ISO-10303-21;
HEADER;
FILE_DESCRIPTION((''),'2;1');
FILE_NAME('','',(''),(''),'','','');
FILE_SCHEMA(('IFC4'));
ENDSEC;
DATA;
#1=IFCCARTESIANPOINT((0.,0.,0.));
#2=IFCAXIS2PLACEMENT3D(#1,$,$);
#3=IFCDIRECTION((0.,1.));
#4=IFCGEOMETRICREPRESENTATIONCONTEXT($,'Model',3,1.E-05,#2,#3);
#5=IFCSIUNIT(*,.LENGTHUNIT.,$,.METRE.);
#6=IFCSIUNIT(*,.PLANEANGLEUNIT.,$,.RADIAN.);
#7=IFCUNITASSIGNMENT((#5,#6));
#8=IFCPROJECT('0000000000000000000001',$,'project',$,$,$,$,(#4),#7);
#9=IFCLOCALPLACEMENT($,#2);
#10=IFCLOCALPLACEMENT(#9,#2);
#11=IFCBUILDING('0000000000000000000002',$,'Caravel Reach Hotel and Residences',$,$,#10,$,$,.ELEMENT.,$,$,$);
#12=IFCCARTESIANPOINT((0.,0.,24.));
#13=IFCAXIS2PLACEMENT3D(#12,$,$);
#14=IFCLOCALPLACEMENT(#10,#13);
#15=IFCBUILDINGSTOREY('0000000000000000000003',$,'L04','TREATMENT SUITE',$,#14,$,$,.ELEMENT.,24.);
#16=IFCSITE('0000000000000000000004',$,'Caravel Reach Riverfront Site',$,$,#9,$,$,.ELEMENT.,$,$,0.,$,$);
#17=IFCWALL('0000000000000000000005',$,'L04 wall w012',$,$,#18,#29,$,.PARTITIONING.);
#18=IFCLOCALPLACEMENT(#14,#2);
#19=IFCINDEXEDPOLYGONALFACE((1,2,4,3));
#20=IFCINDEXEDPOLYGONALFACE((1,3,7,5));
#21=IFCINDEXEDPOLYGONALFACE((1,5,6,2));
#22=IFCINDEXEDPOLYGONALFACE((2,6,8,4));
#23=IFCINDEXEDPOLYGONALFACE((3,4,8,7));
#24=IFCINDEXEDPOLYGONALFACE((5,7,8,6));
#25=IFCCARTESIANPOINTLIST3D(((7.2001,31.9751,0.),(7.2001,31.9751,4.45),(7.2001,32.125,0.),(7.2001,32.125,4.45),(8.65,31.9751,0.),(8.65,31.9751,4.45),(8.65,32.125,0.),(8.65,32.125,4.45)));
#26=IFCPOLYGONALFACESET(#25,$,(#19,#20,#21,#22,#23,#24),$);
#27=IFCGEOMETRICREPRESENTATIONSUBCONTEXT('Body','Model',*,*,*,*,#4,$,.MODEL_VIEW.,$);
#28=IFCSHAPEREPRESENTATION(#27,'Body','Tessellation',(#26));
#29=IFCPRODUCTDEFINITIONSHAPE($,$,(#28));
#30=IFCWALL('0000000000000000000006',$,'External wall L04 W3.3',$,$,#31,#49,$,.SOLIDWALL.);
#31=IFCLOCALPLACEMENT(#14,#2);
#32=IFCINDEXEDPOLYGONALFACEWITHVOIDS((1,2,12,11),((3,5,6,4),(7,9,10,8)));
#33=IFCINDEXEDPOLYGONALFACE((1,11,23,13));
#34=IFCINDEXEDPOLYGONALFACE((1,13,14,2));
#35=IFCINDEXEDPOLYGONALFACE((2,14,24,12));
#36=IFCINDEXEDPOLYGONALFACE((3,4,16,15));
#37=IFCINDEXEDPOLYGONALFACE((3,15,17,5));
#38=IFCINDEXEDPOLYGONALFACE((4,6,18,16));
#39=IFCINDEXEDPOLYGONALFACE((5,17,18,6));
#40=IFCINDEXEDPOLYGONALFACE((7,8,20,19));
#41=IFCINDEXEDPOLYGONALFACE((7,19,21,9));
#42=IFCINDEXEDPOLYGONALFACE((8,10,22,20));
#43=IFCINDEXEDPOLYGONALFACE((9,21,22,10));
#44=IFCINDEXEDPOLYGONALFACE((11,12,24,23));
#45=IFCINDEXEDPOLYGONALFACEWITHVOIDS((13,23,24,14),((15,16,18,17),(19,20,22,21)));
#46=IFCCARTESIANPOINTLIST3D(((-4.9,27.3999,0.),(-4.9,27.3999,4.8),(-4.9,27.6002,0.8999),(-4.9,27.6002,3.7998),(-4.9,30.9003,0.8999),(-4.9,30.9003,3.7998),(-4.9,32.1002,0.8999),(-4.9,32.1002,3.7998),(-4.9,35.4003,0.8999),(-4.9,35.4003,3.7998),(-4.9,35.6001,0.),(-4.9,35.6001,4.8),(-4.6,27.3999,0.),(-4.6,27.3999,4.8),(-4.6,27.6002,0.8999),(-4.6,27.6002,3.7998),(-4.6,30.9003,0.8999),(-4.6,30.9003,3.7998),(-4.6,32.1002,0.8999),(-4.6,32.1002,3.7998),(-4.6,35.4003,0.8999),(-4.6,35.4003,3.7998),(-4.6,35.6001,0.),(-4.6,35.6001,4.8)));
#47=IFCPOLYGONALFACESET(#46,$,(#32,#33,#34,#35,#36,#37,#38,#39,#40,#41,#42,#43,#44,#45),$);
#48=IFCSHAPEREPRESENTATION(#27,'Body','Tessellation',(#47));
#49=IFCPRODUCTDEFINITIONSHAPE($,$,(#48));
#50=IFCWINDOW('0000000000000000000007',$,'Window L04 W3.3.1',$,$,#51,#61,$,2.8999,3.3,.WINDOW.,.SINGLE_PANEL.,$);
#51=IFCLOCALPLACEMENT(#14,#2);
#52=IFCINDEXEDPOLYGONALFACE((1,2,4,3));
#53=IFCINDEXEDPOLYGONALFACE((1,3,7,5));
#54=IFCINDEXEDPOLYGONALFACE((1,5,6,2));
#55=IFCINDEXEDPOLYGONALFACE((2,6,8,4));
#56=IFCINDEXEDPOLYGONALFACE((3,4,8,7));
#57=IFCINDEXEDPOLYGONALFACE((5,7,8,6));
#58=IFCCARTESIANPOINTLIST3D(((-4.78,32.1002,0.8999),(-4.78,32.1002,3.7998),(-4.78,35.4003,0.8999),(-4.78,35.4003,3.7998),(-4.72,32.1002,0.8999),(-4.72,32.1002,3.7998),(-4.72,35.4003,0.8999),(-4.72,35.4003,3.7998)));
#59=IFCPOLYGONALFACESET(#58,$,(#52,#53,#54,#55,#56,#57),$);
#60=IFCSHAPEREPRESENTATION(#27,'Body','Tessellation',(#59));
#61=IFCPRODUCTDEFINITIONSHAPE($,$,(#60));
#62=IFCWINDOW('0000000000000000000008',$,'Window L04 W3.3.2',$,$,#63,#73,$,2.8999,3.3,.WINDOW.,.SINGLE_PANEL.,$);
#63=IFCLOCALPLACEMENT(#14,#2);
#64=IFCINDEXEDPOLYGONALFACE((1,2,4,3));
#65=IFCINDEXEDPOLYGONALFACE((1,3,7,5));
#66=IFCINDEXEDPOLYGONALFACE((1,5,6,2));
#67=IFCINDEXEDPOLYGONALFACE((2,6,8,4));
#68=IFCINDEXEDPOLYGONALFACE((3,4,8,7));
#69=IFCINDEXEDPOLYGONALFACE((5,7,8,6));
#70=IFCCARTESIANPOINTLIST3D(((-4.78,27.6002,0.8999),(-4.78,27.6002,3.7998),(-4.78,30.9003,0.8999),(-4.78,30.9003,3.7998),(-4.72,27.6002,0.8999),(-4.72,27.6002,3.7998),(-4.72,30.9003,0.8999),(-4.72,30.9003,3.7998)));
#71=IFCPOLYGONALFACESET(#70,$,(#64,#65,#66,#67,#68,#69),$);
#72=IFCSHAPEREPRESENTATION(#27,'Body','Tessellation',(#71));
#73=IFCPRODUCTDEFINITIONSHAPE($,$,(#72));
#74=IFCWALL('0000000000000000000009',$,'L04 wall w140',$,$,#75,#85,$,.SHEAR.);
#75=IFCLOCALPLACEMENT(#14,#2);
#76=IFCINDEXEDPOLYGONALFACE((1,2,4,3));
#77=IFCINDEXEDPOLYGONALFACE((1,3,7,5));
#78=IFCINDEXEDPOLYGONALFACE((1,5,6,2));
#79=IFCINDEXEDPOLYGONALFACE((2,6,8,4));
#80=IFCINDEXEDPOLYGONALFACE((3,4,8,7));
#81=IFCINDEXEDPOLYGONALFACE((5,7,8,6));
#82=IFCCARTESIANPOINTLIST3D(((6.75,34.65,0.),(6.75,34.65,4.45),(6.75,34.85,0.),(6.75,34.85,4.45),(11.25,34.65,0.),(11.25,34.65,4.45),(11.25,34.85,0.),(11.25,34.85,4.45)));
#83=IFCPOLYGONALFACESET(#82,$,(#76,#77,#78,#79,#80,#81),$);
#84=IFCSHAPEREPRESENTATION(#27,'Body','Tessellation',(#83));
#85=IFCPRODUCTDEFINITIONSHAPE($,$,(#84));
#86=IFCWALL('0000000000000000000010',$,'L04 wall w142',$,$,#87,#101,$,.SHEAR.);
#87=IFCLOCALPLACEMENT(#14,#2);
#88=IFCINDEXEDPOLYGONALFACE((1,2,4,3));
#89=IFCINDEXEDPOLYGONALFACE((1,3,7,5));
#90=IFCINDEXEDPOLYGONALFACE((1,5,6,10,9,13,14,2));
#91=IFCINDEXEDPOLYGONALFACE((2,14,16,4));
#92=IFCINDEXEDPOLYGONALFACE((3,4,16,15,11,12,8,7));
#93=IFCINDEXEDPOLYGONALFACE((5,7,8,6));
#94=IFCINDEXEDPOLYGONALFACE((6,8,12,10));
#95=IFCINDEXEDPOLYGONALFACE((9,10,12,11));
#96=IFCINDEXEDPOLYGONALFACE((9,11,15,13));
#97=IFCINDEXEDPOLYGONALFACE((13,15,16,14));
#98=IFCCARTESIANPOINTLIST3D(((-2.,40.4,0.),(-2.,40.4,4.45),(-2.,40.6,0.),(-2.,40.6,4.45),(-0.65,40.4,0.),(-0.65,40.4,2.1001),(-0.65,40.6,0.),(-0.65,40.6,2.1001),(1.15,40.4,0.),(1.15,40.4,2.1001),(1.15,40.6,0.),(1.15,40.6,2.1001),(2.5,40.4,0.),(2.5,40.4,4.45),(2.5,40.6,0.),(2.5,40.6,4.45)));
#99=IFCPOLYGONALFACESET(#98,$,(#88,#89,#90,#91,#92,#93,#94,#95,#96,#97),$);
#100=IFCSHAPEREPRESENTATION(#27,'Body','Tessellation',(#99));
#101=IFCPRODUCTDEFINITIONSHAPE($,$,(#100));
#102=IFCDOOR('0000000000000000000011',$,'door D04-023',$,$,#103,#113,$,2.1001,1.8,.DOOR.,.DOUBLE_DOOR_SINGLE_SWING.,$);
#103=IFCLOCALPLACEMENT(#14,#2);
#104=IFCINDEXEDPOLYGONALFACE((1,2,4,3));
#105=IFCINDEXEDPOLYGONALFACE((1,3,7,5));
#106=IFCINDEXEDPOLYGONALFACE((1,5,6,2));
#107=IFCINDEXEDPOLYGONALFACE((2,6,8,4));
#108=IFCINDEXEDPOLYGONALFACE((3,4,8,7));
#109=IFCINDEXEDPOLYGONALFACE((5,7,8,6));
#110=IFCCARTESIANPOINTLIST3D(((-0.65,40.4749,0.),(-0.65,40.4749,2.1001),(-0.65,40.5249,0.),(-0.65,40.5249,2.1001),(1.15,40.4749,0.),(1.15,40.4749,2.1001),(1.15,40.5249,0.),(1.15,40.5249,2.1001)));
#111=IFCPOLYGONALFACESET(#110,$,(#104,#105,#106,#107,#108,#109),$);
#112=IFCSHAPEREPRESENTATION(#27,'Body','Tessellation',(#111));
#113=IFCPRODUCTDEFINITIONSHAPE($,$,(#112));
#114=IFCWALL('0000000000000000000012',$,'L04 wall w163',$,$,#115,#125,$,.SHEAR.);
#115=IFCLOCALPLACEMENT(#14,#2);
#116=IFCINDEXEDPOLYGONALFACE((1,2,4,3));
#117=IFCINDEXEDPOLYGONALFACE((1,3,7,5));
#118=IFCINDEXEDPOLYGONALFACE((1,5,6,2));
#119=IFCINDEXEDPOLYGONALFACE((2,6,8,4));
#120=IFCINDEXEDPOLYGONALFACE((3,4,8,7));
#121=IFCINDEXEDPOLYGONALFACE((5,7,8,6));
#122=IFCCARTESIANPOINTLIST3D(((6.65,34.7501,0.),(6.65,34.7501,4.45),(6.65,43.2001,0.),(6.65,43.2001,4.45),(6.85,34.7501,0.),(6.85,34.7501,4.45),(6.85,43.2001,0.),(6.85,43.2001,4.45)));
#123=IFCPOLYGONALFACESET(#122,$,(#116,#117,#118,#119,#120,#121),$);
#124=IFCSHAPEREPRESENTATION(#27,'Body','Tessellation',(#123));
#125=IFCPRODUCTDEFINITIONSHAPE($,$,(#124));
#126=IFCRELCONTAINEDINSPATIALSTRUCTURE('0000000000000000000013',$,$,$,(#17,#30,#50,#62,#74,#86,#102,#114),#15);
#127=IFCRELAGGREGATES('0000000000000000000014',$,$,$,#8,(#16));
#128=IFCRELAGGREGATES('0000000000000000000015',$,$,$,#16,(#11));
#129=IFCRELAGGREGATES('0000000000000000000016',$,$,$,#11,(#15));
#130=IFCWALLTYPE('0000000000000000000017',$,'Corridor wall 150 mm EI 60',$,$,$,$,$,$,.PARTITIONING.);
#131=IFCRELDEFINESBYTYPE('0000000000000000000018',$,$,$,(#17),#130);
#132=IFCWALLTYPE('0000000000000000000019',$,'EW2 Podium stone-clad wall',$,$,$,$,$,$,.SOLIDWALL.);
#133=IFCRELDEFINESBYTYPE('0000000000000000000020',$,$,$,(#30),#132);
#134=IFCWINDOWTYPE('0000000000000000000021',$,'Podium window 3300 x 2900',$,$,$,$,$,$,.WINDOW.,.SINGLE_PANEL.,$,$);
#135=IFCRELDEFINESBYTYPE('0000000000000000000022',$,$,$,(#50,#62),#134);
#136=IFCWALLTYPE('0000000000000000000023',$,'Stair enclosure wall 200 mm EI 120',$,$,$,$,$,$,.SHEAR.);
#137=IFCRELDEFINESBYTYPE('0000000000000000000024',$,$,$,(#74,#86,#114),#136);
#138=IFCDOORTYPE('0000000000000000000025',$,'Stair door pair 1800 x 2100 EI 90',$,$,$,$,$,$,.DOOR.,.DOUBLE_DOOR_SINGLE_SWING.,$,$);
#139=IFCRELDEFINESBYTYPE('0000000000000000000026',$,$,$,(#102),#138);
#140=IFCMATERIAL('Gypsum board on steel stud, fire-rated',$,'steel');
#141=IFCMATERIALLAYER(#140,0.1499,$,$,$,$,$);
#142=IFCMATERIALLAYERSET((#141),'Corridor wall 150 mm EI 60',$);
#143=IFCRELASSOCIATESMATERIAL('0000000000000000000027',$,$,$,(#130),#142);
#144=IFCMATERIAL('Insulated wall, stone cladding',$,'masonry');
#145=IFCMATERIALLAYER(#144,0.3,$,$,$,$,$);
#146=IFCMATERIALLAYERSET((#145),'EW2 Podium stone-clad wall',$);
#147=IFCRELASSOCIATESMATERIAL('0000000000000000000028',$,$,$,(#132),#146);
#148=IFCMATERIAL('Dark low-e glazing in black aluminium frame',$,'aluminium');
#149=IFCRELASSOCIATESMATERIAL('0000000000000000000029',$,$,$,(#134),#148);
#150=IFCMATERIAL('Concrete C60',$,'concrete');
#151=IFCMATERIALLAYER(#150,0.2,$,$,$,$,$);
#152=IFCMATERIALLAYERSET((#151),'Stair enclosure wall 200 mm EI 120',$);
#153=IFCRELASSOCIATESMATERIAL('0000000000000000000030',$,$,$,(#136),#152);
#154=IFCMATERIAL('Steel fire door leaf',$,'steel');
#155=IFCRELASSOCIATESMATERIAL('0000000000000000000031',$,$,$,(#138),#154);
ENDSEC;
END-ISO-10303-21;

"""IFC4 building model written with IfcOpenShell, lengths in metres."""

from ifc_helpers import new_model, si_unit, direction, frame, frame_2d, origin, place, context, subcontext, project, spatial, rectangle, extrude, material, layer, layer_set, type_object, element, fill, save


model = new_model("IFC4")

# Units and contexts
model_context = context("Model", 3, precision=1e-05, world=origin(), true_north=direction((0.0, 1.0)))
body_context = subcontext(model_context, "Body", "Model", "MODEL_VIEW")
ifc_project = project(units=[si_unit("LENGTHUNIT", "METRE"), si_unit("PLANEANGLEUNIT", "RADIAN")], contexts=[model_context])

# Site, building, storey
site_placement = place(None, origin())
site = spatial("IfcSite", under=ifc_project, at=site_placement, Name="Caravel Reach Riverfront Site", CompositionType="ELEMENT", RefElevation=0.0)
building_placement = place(site_placement, origin())
building = spatial("IfcBuilding", under=site, at=building_placement, Name="Caravel Reach Hotel and Residences", CompositionType="ELEMENT")
storey_placement = place(building_placement, frame((0.0, 0.0, 24.0)))
storey = spatial("IfcBuildingStorey", under=building, at=storey_placement, Name="L04", Description="TREATMENT SUITE", CompositionType="ELEMENT", Elevation=24.0)

# Wall
ifc_material_1 = material(Name="Gypsum board on steel stud, fire-rated", Category="steel")
ifc_layer_1 = layer(ifc_material_1, 0.1499)
ifc_layer_set_1 = layer_set([ifc_layer_1], Name="Corridor wall 150 mm EI 60")
wall_type_1 = type_object("IfcWallType", Name="Corridor wall 150 mm EI 60", PredefinedType="PARTITIONING", material=ifc_layer_set_1)
wall_1_placement = place(storey_placement, frame((7.2, 32.05, 0.0), z_axis=(0.0, 0.0, 1.0), x_axis=(1.0, 0.0, 0.0)))
element("IfcWall", 1, at=wall_1_placement, inside=storey, type_object=wall_type_1, Name="L04 wall w012", PredefinedType="PARTITIONING", context=body_context, shape_type="SweptSolid", body=[
    extrude(rectangle(XDim=1.45, YDim=0.1499, at=frame_2d((0.7251, 0.0))), origin(), (0.0, 0.0, 1.0), 4.45),
])

# Wall, openings, windows
ifc_material_2 = material(Name="Insulated wall, stone cladding", Category="masonry")
ifc_layer_2 = layer(ifc_material_2, 0.3)
ifc_layer_set_2 = layer_set([ifc_layer_2], Name="EW2 Podium stone-clad wall")
wall_type_2 = type_object("IfcWallType", Name="EW2 Podium stone-clad wall", PredefinedType="SOLIDWALL", material=ifc_layer_set_2)
wall_2_placement = place(storey_placement, frame((-4.75, 35.6001, 0.0), z_axis=(0.0, 0.0, 1.0), x_axis=(0.0, -1.0, 0.0)))
wall_2 = element("IfcWall", 2, at=wall_2_placement, inside=storey, type_object=wall_type_2, Name="External wall L04 W3.3", PredefinedType="SOLIDWALL", context=body_context, shape_type="SweptSolid", body=[
    extrude(rectangle(XDim=8.2002, YDim=0.3, at=frame_2d((4.1001, 0.0))), origin(), (0.0, 0.0, 1.0), 4.8),
])
opening_1_placement = place(wall_2_placement, frame((0.2, 0.0, 0.8999)))
opening_1 = element("IfcOpeningElement", 3, at=opening_1_placement, cuts=wall_2, PredefinedType="OPENING", context=body_context, shape_type="SweptSolid", body=[
    extrude(rectangle(XDim=3.3, YDim=2.8999, at=frame_2d((1.6499, 1.45))), frame((0.0, 0.1599, 0.0), z_axis=(0.0, -1.0, 0.0), x_axis=(1.0, 0.0, 0.0)), (0.0, 0.0, 1.0), 0.3201),
])
opening_2_placement = place(wall_2_placement, frame((4.7, 0.0, 0.8999)))
opening_2 = element("IfcOpeningElement", 4, at=opening_2_placement, cuts=wall_2, PredefinedType="OPENING", context=body_context, shape_type="SweptSolid", body=[
    extrude(rectangle(XDim=3.3, YDim=2.8999, at=frame_2d((1.6499, 1.45))), frame((0.0, 0.1599, 0.0), z_axis=(0.0, -1.0, 0.0), x_axis=(1.0, 0.0, 0.0)), (0.0, 0.0, 1.0), 0.3201),
])
ifc_material_3 = material(Name="Dark low-e glazing in black aluminium frame", Category="aluminium")
window_type = type_object("IfcWindowType", Name="Podium window 3300 x 2900", PartitioningType="SINGLE_PANEL", PredefinedType="WINDOW", material=ifc_material_3)
window_1_placement = place(opening_1_placement, origin())
window_1 = element("IfcWindow", 5, at=window_1_placement, inside=storey, type_object=window_type, Name="Window L04 W3.3.1", OverallHeight=2.8999, OverallWidth=3.3, PartitioningType="SINGLE_PANEL", PredefinedType="WINDOW", context=body_context, shape_type="SweptSolid", body=[
    extrude(rectangle(XDim=3.3, YDim=2.8999, at=frame_2d((1.6499, 1.45))), frame((0.0, 0.03, 0.0), z_axis=(0.0, -1.0, 0.0), x_axis=(1.0, 0.0, 0.0)), (0.0, 0.0, 1.0), 0.0601),
])
fill(opening_1, window_1)
window_2_placement = place(opening_2_placement, origin())
window_2 = element("IfcWindow", 6, at=window_2_placement, inside=storey, type_object=window_type, Name="Window L04 W3.3.2", OverallHeight=2.8999, OverallWidth=3.3, PartitioningType="SINGLE_PANEL", PredefinedType="WINDOW", context=body_context, shape_type="SweptSolid", body=[
    extrude(rectangle(XDim=3.3, YDim=2.8999, at=frame_2d((1.6499, 1.45))), frame((0.0, 0.03, 0.0), z_axis=(0.0, -1.0, 0.0), x_axis=(1.0, 0.0, 0.0)), (0.0, 0.0, 1.0), 0.0601),
])
fill(opening_2, window_2)

# Wall
ifc_material_4 = material(Name="Concrete C60", Category="concrete")
ifc_layer_3 = layer(ifc_material_4, 0.2)
ifc_layer_set_3 = layer_set([ifc_layer_3], Name="Stair enclosure wall 200 mm EI 120")
wall_type_3 = type_object("IfcWallType", Name="Stair enclosure wall 200 mm EI 120", PredefinedType="SHEAR", material=ifc_layer_set_3)
wall_3_placement = place(storey_placement, frame((6.75, 34.75, 0.0), z_axis=(0.0, 0.0, 1.0), x_axis=(1.0, 0.0, 0.0)))
element("IfcWall", 7, at=wall_3_placement, inside=storey, type_object=wall_type_3, Name="L04 wall w140", PredefinedType="SHEAR", context=body_context, shape_type="SweptSolid", body=[
    extrude(rectangle(XDim=4.5, YDim=0.2, at=frame_2d((2.25, 0.0))), origin(), (0.0, 0.0, 1.0), 4.45),
])

# Wall, opening, door
wall_4_placement = place(storey_placement, frame((-2.0, 40.5, 0.0), z_axis=(0.0, 0.0, 1.0), x_axis=(1.0, 0.0, 0.0)))
wall_4 = element("IfcWall", 8, at=wall_4_placement, inside=storey, type_object=wall_type_3, Name="L04 wall w142", PredefinedType="SHEAR", context=body_context, shape_type="SweptSolid", body=[
    extrude(rectangle(XDim=4.5, YDim=0.2, at=frame_2d((2.25, 0.0))), origin(), (0.0, 0.0, 1.0), 4.45),
])
opening_3_placement = place(wall_4_placement, frame((1.3501, 0.0, 0.0)))
opening_3 = element("IfcOpeningElement", 9, at=opening_3_placement, cuts=wall_4, PredefinedType="OPENING", context=body_context, shape_type="SweptSolid", body=[
    extrude(rectangle(XDim=1.8, YDim=2.1001, at=frame_2d((0.8999, 1.05))), frame((0.0, 0.1099, 0.0), z_axis=(0.0, -1.0, 0.0), x_axis=(1.0, 0.0, 0.0)), (0.0, 0.0, 1.0), 0.22),
])
ifc_material_5 = material(Name="Steel fire door leaf", Category="steel")
door_type_1 = type_object("IfcDoorType", Name="Stair door pair 1800 x 2100 EI 90", OperationType="DOUBLE_DOOR_SINGLE_SWING", PredefinedType="DOOR", material=ifc_material_5)
door_1_placement = place(opening_3_placement, origin())
door_1 = element("IfcDoor", 10, at=door_1_placement, inside=storey, type_object=door_type_1, Name="door D04-023", OperationType="DOUBLE_DOOR_SINGLE_SWING", OverallHeight=2.1001, OverallWidth=1.8, PredefinedType="DOOR", context=body_context, shape_type="SweptSolid", body=[
    extrude(rectangle(XDim=1.8, YDim=2.1001, at=frame_2d((0.8999, 1.05))), frame((0.0, 0.0249, 0.0), z_axis=(0.0, -1.0, 0.0), x_axis=(1.0, 0.0, 0.0)), (0.0, 0.0, 1.0), 0.05),
])
fill(opening_3, door_1)

# Wall
wall_5_placement = place(storey_placement, frame((6.75, 34.75, 0.0), z_axis=(0.0, 0.0, 1.0), x_axis=(0.0, 1.0, 0.0)))
element("IfcWall", 11, at=wall_5_placement, inside=storey, type_object=wall_type_3, Name="L04 wall w163", PredefinedType="SHEAR", context=body_context, shape_type="SweptSolid", body=[
    extrude(rectangle(XDim=8.45, YDim=0.2, at=frame_2d((4.2251, 0.0))), origin(), (0.0, 0.0, 1.0), 4.45),
])

save(model, "model.ifc")
